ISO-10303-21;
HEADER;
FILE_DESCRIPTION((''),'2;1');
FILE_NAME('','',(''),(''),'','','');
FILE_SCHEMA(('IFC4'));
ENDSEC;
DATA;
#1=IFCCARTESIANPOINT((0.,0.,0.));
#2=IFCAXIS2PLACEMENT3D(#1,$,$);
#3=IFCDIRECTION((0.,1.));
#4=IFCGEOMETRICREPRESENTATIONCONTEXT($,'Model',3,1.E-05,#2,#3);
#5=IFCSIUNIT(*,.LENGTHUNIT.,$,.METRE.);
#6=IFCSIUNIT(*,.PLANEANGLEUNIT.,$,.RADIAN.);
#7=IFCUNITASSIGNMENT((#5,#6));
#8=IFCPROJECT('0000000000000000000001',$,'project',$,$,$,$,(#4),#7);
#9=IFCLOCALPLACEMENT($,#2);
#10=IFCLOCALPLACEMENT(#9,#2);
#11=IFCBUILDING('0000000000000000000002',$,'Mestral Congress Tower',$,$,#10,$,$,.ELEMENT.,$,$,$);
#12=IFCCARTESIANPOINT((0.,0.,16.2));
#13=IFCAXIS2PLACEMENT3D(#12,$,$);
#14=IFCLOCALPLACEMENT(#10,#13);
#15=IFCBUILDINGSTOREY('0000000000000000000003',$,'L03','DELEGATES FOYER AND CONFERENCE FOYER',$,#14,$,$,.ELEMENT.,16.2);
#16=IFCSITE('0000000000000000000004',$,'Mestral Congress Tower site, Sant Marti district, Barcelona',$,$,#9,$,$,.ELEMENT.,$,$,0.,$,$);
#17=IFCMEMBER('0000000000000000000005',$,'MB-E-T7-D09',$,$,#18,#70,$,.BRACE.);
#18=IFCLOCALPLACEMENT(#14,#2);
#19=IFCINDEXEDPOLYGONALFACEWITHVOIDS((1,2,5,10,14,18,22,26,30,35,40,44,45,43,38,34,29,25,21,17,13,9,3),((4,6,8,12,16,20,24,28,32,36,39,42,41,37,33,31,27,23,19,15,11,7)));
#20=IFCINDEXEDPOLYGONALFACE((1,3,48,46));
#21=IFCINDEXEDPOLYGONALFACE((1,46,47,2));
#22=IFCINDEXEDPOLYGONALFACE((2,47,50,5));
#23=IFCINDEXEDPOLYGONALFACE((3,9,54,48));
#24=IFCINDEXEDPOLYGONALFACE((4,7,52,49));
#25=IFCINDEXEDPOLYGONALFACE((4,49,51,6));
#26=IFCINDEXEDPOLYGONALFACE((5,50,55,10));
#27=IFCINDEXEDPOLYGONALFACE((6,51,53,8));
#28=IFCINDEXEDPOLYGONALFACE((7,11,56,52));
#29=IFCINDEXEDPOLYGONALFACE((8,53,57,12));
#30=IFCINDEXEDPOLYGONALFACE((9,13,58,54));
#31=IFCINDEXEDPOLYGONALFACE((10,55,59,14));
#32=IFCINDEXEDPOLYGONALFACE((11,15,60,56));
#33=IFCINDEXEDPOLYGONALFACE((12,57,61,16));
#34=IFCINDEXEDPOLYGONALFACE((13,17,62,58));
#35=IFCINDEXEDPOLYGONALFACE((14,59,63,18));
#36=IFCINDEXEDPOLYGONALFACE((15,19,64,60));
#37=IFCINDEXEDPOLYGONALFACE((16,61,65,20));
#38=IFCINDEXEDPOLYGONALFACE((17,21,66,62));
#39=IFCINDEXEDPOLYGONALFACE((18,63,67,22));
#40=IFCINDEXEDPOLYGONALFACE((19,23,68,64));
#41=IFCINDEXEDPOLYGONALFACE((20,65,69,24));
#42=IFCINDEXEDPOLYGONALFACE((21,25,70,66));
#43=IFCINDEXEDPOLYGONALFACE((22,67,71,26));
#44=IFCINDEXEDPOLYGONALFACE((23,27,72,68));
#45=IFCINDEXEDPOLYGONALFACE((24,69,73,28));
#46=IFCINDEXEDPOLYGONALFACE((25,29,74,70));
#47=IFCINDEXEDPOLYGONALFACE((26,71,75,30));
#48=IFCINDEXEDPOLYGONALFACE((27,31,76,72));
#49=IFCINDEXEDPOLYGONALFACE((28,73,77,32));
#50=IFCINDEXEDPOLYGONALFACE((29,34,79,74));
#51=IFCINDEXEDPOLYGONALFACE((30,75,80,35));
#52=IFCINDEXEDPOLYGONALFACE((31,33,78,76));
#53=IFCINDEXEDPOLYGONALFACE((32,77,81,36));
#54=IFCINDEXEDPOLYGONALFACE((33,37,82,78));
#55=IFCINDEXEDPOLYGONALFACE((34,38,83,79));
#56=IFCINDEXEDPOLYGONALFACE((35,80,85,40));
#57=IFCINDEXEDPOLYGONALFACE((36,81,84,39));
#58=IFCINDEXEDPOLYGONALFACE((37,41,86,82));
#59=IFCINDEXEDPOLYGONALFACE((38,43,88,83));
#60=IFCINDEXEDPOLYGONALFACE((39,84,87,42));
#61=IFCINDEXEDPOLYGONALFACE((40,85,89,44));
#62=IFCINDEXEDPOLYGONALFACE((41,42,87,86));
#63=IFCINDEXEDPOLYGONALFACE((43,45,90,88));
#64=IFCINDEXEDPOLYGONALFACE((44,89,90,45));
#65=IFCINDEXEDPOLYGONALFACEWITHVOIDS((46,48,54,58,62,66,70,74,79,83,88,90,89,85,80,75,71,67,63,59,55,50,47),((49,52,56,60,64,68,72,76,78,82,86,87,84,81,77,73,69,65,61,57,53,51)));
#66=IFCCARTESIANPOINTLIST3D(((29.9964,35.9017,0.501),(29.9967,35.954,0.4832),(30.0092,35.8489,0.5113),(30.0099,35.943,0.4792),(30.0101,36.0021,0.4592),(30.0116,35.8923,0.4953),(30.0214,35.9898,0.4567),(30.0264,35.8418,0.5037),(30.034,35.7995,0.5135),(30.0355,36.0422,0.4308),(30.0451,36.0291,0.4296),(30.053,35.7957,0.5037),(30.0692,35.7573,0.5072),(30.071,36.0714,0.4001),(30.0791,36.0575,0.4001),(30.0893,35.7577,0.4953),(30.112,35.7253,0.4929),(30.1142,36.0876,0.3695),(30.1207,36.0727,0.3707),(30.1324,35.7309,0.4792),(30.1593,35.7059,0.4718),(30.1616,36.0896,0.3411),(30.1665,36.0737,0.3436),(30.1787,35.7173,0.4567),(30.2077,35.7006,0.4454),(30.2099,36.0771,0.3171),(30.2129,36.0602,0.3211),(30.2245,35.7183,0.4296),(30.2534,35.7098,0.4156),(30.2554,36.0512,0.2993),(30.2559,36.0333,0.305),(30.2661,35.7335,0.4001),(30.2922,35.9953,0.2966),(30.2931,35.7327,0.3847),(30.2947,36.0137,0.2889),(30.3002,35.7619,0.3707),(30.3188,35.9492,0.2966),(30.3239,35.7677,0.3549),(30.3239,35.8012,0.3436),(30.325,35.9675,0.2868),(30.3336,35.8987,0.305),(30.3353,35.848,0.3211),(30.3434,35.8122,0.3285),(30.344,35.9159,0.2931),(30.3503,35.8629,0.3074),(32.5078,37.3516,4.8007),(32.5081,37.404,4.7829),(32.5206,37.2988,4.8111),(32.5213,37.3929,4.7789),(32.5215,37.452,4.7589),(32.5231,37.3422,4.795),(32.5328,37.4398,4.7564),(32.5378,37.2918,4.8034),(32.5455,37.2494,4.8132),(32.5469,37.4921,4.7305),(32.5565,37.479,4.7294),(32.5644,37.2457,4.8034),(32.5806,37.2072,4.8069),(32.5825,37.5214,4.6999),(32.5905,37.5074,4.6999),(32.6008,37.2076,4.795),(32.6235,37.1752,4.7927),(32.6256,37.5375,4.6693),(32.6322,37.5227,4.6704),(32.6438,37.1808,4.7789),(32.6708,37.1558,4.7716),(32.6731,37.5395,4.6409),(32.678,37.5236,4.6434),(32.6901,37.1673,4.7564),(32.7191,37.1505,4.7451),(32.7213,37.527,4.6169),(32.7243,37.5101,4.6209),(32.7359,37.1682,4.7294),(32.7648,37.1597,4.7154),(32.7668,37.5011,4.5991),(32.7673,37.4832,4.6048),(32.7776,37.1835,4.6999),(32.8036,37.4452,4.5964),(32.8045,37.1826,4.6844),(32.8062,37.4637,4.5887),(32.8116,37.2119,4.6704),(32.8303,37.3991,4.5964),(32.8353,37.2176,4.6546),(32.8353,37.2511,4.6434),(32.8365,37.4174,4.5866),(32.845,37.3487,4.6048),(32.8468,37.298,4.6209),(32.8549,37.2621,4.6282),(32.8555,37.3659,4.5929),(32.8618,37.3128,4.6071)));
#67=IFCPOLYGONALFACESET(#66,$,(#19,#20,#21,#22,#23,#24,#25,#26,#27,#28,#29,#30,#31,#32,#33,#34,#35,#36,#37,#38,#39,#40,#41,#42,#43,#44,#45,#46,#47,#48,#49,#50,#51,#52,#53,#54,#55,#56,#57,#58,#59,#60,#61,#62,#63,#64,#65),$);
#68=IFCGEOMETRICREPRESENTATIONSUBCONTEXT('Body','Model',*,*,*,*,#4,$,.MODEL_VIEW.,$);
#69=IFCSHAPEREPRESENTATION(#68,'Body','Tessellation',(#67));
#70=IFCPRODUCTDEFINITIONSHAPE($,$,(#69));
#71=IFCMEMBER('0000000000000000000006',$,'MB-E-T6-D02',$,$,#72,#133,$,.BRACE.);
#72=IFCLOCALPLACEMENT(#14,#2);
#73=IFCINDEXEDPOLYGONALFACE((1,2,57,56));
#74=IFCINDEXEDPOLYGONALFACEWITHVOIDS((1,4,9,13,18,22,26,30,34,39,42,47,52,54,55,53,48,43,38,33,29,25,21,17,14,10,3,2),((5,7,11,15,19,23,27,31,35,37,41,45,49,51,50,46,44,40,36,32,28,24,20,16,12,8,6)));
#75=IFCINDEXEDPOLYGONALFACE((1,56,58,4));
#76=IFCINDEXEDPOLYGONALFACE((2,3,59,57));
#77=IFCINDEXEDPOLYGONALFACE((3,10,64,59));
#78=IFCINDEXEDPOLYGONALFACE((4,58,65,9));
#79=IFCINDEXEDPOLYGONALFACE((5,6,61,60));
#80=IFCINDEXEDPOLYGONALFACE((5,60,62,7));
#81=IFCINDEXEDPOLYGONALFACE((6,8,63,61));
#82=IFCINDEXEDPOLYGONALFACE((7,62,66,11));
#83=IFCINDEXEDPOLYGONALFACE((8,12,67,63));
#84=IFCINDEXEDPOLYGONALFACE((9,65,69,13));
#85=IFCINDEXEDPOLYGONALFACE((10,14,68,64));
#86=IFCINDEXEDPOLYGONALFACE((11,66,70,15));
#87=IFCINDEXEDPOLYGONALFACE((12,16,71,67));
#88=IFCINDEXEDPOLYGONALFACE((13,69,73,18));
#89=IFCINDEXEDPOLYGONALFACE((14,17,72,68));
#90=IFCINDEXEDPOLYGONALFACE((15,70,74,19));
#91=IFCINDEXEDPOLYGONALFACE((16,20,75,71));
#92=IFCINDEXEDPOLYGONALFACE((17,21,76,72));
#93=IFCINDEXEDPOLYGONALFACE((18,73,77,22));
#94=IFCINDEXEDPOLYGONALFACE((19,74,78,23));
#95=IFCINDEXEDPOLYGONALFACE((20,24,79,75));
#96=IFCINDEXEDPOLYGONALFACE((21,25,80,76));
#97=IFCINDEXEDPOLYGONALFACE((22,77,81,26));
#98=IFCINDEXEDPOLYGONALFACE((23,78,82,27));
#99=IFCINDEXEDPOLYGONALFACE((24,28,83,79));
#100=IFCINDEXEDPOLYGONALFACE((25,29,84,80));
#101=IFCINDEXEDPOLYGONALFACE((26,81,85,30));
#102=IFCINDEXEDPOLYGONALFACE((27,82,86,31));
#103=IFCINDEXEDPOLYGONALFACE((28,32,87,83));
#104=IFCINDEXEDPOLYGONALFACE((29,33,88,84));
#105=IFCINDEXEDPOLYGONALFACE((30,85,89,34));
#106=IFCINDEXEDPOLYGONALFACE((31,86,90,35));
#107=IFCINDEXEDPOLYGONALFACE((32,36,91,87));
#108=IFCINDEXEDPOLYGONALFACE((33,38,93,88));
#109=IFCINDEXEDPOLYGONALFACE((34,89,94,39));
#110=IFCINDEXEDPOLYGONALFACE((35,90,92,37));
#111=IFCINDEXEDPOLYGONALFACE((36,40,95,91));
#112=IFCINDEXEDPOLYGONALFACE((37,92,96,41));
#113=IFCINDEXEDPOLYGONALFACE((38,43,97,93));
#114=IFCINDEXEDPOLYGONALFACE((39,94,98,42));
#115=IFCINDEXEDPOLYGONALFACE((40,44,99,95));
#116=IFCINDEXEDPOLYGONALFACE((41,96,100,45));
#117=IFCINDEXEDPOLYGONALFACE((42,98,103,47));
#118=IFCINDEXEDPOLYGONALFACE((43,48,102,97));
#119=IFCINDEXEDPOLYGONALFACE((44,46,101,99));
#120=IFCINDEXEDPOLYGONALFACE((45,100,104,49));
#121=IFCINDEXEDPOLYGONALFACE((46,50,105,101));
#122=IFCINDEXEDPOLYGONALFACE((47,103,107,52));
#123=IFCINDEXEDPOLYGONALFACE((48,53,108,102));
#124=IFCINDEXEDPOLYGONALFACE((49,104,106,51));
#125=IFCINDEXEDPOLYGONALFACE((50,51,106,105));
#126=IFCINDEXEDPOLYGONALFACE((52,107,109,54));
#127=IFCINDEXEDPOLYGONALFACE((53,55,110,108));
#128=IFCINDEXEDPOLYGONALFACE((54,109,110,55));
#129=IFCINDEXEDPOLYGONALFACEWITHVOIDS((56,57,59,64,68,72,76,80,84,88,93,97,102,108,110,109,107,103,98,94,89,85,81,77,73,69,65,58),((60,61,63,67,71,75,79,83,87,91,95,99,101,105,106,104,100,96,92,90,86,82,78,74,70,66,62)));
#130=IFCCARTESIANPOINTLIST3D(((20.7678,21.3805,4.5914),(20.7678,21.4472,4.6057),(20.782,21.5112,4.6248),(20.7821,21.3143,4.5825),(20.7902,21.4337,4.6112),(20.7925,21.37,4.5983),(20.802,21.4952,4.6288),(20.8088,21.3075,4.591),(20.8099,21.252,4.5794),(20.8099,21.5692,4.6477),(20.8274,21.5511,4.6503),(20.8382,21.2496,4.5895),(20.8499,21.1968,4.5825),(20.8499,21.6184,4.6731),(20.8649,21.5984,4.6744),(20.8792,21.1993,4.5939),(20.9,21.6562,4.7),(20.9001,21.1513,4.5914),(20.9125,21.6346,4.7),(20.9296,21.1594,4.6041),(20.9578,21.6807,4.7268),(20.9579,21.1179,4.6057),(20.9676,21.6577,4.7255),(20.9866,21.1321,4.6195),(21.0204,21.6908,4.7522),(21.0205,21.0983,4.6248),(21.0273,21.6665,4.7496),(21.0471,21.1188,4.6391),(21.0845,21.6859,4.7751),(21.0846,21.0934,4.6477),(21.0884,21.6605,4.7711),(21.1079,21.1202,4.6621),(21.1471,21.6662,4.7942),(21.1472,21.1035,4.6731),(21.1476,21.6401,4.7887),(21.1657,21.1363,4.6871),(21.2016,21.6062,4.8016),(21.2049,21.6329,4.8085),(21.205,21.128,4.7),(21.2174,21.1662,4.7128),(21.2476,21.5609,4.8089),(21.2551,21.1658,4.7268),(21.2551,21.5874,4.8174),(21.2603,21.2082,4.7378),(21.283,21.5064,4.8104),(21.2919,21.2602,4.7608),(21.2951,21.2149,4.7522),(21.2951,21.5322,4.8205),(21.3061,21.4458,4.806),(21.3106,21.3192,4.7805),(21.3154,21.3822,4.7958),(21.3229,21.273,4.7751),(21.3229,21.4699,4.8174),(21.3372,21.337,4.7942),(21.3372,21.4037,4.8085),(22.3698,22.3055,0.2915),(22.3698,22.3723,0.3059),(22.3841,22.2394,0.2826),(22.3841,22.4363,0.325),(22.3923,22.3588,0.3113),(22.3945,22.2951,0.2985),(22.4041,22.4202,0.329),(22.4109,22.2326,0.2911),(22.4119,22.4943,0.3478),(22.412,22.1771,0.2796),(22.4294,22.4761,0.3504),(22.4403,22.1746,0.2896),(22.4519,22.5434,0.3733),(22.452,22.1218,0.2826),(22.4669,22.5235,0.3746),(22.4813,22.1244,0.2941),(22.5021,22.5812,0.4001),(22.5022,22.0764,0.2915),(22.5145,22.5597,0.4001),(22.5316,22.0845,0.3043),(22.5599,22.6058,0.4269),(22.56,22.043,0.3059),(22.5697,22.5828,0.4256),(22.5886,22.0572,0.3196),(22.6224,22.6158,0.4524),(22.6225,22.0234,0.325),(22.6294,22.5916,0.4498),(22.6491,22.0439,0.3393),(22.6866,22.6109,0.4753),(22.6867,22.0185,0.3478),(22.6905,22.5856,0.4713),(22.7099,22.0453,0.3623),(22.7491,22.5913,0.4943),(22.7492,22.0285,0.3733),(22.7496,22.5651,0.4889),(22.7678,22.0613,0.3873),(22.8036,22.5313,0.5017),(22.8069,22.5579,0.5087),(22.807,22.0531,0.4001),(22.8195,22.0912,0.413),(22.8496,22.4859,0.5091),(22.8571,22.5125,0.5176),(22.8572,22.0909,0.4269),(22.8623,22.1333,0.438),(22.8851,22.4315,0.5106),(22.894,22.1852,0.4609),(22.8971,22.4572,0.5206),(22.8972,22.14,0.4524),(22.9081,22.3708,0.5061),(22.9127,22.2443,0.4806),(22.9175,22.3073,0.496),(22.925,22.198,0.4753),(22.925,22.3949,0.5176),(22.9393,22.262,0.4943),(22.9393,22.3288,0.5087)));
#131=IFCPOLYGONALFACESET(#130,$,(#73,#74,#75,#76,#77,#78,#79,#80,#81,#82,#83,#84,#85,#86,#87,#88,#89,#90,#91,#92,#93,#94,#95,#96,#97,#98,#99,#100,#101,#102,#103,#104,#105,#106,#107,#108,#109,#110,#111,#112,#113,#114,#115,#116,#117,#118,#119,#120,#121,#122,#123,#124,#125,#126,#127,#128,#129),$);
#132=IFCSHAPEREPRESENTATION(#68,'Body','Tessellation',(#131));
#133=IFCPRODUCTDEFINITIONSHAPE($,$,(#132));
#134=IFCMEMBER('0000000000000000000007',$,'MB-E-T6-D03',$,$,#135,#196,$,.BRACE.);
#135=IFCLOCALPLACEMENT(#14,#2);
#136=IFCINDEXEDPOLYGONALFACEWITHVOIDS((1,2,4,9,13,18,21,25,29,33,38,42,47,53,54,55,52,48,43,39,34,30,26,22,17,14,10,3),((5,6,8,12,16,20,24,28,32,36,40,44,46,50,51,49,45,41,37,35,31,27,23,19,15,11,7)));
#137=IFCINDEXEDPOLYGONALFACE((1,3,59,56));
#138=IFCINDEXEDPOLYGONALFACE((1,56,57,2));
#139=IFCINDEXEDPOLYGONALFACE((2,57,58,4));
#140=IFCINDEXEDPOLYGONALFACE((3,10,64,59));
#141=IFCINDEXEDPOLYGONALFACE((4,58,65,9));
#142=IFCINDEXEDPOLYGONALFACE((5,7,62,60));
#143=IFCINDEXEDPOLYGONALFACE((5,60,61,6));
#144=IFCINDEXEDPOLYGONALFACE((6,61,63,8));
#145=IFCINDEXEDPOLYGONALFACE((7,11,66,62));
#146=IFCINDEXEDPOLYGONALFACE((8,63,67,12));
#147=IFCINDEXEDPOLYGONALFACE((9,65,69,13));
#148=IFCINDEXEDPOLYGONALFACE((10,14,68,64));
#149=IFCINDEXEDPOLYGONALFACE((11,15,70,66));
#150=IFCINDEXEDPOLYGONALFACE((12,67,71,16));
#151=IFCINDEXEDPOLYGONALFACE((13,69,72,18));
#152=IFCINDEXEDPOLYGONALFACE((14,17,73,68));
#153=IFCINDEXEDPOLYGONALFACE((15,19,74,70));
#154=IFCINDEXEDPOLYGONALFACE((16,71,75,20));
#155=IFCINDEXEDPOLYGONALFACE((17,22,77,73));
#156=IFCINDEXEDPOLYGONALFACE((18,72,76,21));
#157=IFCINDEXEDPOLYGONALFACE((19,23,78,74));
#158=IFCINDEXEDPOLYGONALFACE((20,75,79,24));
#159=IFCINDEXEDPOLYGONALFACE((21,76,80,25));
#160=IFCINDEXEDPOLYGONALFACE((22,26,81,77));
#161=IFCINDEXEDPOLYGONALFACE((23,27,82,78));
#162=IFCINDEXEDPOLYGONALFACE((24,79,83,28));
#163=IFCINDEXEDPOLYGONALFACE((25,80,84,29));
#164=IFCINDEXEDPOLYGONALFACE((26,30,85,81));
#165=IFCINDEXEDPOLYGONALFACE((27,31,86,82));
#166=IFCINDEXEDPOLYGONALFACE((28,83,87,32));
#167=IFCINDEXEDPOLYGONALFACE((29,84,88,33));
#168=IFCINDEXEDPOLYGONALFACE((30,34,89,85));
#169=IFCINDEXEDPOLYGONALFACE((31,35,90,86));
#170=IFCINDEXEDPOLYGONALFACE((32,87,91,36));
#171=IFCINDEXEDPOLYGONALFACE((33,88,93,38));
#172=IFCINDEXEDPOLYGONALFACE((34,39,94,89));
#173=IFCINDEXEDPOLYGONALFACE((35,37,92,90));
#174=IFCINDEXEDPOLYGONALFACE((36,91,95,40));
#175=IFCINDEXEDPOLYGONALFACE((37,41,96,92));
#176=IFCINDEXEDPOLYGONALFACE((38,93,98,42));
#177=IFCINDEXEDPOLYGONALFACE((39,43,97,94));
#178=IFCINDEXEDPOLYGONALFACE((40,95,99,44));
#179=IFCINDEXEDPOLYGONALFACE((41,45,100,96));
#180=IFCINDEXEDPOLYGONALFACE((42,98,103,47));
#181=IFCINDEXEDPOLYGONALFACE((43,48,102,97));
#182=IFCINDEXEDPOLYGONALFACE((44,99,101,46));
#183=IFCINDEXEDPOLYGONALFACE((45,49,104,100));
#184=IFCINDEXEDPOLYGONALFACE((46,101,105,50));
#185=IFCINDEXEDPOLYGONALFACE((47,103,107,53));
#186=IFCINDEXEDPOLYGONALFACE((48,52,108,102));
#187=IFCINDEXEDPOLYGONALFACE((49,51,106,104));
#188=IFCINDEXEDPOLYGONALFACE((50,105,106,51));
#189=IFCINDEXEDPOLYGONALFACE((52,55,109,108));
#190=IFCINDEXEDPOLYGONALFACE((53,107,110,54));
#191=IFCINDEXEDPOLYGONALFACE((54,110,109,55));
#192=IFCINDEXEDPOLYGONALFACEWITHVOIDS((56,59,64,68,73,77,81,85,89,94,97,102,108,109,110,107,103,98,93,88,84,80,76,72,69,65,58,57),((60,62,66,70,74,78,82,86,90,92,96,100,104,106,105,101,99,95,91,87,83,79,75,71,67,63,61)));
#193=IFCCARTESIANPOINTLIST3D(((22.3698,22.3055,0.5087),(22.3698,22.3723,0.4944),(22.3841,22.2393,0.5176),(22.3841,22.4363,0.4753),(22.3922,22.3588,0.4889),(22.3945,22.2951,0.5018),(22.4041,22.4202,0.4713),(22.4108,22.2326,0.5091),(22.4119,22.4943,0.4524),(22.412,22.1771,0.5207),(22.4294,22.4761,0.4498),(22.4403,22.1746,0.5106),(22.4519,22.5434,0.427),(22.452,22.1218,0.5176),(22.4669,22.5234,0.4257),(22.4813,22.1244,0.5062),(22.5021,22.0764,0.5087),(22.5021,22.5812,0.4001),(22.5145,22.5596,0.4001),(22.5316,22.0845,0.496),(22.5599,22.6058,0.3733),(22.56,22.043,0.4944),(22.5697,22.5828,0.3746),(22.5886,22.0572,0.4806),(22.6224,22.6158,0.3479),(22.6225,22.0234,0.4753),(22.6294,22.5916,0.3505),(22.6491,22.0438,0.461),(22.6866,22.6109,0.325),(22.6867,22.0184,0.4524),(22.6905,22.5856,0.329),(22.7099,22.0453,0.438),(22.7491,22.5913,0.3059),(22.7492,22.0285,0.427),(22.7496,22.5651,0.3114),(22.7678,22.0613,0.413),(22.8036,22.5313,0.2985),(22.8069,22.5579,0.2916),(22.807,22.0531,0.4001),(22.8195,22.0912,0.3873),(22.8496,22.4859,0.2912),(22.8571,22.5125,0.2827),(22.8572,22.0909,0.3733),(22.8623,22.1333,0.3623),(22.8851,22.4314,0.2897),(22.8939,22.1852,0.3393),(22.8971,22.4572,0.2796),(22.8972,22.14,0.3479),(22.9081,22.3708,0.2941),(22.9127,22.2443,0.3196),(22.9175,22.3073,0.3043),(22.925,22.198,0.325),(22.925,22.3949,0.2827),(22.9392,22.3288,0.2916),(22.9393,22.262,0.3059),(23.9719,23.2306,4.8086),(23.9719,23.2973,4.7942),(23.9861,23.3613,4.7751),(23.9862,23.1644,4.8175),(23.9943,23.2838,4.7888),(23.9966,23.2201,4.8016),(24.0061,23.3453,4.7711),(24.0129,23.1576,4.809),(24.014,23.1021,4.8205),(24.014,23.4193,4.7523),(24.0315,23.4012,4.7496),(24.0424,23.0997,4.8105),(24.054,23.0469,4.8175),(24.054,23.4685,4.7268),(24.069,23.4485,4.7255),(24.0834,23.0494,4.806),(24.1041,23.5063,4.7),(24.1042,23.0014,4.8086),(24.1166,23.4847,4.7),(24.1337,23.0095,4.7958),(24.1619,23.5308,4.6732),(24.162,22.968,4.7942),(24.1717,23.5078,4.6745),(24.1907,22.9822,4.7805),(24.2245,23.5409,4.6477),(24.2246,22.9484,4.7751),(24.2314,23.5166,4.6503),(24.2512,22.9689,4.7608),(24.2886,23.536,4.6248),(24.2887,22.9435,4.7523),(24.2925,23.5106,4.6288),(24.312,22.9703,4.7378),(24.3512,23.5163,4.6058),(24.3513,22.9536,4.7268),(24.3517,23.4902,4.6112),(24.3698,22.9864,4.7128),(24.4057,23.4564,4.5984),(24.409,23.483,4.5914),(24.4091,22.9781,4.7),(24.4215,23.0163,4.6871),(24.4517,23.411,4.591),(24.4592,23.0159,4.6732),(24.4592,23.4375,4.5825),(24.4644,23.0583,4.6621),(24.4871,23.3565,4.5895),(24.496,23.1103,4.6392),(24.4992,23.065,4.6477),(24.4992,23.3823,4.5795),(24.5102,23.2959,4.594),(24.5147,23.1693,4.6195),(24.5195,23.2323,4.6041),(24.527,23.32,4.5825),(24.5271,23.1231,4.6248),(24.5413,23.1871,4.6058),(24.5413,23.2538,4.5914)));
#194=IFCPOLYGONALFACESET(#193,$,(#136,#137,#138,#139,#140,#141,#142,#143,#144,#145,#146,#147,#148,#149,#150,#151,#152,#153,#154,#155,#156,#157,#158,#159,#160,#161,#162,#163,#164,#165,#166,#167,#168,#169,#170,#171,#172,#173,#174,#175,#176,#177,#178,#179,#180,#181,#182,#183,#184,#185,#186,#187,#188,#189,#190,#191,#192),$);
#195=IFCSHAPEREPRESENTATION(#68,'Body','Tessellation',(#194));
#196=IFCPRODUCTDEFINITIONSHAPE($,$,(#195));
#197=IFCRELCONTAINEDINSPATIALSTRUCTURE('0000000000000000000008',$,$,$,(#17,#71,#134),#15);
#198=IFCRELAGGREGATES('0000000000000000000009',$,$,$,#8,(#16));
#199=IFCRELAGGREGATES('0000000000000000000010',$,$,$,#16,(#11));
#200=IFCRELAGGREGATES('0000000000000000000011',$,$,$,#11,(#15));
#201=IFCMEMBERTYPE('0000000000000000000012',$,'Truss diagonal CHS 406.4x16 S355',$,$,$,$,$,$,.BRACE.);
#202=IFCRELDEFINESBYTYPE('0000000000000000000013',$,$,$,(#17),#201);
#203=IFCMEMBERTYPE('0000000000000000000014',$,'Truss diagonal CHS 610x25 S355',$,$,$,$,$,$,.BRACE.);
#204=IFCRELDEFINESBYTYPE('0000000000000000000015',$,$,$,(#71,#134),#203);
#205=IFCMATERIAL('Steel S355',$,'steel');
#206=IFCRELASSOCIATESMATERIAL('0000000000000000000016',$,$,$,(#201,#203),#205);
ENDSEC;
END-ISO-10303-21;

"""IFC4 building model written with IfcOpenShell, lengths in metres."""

from ifc_helpers import new_model, si_unit, direction, frame, origin, origin_2d, place, context, subcontext, project, spatial, hollow_circle, extrude, material, material_profile, profile_set, type_object, element, save


model = new_model("IFC4")

# Units and contexts
model_context = context("Model", 3, precision=1e-05, world=origin(), true_north=direction((0.0, 1.0)))
body_context = subcontext(model_context, "Body", "Model", "MODEL_VIEW")
ifc_project = project(units=[si_unit("LENGTHUNIT", "METRE"), si_unit("PLANEANGLEUNIT", "RADIAN")], contexts=[model_context])

# Site, building, storey
site_placement = place(None, origin())
site = spatial("IfcSite", under=ifc_project, at=site_placement, Name="Mestral Congress Tower site, Sant Marti district, Barcelona", CompositionType="ELEMENT", RefElevation=0.0)
building_placement = place(site_placement, origin())
building = spatial("IfcBuilding", under=site, at=building_placement, Name="Mestral Congress Tower", CompositionType="ELEMENT")
storey_placement = place(building_placement, frame((0.0, 0.0, 16.2)))
storey = spatial("IfcBuildingStorey", under=building, at=storey_placement, Name="L03", Description="DELEGATES FOYER AND CONFERENCE FOYER", CompositionType="ELEMENT", Elevation=16.2)

# Members
ifc_material = material(Name="Steel S355", Category="steel")
ifc_material_profile_1 = material_profile(ifc_material, hollow_circle(Radius=0.2031, WallThickness=0.0161, at=origin_2d()), Name="CHS 406.4x16")
ifc_profile_set_1 = profile_set([ifc_material_profile_1], Name="Steel S355")
member_type_1 = type_object("IfcMemberType", Name="Truss diagonal CHS 406.4x16 S355", PredefinedType="BRACE", material=ifc_profile_set_1)
member_1_placement = place(storey_placement, frame((30.1726, 35.8955, 0.4001), z_axis=(0.484247, 0.279571, 0.829062), x_axis=(-0.499987, 0.866033, 0.0)))
element("IfcMember", 1, at=member_1_placement, inside=storey, type_object=member_type_1, Name="MB-E-T7-D09", PredefinedType="BRACE", context=body_context, shape_type="SweptSolid", body=[
    extrude(hollow_circle(Radius=0.2031, WallThickness=0.0161, at=origin_2d()), origin(), (0.0, 0.0, 1.0), 5.1863),
])
ifc_material_profile_2 = material_profile(ifc_material, hollow_circle(Radius=0.3049, WallThickness=0.0249, at=origin_2d()), Name="CHS 610x25")
ifc_profile_set_2 = profile_set([ifc_material_profile_2], Name="Steel S355")
member_type_2 = type_object("IfcMemberType", Name="Truss diagonal CHS 610x25 S355", PredefinedType="BRACE", material=ifc_profile_set_2)
for number, where, z_axis, x_axis, name in (
    (2, (21.0525, 21.3921, 4.7), (0.342254, 0.197623, -0.91859), (-0.500042, 0.866001, 0.0), "MB-E-T6-D02"),
    (3, (22.6545, 22.3171, 0.4001), (0.342254, 0.197623, 0.91859), (-0.500042, 0.866001, 0.0), "MB-E-T6-D03"),
):
    element("IfcMember", number, at=place(storey_placement, frame(where, z_axis=z_axis, x_axis=x_axis)), inside=storey, type_object=member_type_2, Name=name, PredefinedType="BRACE", context=body_context, shape_type="SweptSolid", body=[
        extrude(hollow_circle(Radius=0.3049, WallThickness=0.0249, at=origin_2d()), origin(), (0.0, 0.0, 1.0), 4.6809),
    ])

save(model, "model.ifc")
